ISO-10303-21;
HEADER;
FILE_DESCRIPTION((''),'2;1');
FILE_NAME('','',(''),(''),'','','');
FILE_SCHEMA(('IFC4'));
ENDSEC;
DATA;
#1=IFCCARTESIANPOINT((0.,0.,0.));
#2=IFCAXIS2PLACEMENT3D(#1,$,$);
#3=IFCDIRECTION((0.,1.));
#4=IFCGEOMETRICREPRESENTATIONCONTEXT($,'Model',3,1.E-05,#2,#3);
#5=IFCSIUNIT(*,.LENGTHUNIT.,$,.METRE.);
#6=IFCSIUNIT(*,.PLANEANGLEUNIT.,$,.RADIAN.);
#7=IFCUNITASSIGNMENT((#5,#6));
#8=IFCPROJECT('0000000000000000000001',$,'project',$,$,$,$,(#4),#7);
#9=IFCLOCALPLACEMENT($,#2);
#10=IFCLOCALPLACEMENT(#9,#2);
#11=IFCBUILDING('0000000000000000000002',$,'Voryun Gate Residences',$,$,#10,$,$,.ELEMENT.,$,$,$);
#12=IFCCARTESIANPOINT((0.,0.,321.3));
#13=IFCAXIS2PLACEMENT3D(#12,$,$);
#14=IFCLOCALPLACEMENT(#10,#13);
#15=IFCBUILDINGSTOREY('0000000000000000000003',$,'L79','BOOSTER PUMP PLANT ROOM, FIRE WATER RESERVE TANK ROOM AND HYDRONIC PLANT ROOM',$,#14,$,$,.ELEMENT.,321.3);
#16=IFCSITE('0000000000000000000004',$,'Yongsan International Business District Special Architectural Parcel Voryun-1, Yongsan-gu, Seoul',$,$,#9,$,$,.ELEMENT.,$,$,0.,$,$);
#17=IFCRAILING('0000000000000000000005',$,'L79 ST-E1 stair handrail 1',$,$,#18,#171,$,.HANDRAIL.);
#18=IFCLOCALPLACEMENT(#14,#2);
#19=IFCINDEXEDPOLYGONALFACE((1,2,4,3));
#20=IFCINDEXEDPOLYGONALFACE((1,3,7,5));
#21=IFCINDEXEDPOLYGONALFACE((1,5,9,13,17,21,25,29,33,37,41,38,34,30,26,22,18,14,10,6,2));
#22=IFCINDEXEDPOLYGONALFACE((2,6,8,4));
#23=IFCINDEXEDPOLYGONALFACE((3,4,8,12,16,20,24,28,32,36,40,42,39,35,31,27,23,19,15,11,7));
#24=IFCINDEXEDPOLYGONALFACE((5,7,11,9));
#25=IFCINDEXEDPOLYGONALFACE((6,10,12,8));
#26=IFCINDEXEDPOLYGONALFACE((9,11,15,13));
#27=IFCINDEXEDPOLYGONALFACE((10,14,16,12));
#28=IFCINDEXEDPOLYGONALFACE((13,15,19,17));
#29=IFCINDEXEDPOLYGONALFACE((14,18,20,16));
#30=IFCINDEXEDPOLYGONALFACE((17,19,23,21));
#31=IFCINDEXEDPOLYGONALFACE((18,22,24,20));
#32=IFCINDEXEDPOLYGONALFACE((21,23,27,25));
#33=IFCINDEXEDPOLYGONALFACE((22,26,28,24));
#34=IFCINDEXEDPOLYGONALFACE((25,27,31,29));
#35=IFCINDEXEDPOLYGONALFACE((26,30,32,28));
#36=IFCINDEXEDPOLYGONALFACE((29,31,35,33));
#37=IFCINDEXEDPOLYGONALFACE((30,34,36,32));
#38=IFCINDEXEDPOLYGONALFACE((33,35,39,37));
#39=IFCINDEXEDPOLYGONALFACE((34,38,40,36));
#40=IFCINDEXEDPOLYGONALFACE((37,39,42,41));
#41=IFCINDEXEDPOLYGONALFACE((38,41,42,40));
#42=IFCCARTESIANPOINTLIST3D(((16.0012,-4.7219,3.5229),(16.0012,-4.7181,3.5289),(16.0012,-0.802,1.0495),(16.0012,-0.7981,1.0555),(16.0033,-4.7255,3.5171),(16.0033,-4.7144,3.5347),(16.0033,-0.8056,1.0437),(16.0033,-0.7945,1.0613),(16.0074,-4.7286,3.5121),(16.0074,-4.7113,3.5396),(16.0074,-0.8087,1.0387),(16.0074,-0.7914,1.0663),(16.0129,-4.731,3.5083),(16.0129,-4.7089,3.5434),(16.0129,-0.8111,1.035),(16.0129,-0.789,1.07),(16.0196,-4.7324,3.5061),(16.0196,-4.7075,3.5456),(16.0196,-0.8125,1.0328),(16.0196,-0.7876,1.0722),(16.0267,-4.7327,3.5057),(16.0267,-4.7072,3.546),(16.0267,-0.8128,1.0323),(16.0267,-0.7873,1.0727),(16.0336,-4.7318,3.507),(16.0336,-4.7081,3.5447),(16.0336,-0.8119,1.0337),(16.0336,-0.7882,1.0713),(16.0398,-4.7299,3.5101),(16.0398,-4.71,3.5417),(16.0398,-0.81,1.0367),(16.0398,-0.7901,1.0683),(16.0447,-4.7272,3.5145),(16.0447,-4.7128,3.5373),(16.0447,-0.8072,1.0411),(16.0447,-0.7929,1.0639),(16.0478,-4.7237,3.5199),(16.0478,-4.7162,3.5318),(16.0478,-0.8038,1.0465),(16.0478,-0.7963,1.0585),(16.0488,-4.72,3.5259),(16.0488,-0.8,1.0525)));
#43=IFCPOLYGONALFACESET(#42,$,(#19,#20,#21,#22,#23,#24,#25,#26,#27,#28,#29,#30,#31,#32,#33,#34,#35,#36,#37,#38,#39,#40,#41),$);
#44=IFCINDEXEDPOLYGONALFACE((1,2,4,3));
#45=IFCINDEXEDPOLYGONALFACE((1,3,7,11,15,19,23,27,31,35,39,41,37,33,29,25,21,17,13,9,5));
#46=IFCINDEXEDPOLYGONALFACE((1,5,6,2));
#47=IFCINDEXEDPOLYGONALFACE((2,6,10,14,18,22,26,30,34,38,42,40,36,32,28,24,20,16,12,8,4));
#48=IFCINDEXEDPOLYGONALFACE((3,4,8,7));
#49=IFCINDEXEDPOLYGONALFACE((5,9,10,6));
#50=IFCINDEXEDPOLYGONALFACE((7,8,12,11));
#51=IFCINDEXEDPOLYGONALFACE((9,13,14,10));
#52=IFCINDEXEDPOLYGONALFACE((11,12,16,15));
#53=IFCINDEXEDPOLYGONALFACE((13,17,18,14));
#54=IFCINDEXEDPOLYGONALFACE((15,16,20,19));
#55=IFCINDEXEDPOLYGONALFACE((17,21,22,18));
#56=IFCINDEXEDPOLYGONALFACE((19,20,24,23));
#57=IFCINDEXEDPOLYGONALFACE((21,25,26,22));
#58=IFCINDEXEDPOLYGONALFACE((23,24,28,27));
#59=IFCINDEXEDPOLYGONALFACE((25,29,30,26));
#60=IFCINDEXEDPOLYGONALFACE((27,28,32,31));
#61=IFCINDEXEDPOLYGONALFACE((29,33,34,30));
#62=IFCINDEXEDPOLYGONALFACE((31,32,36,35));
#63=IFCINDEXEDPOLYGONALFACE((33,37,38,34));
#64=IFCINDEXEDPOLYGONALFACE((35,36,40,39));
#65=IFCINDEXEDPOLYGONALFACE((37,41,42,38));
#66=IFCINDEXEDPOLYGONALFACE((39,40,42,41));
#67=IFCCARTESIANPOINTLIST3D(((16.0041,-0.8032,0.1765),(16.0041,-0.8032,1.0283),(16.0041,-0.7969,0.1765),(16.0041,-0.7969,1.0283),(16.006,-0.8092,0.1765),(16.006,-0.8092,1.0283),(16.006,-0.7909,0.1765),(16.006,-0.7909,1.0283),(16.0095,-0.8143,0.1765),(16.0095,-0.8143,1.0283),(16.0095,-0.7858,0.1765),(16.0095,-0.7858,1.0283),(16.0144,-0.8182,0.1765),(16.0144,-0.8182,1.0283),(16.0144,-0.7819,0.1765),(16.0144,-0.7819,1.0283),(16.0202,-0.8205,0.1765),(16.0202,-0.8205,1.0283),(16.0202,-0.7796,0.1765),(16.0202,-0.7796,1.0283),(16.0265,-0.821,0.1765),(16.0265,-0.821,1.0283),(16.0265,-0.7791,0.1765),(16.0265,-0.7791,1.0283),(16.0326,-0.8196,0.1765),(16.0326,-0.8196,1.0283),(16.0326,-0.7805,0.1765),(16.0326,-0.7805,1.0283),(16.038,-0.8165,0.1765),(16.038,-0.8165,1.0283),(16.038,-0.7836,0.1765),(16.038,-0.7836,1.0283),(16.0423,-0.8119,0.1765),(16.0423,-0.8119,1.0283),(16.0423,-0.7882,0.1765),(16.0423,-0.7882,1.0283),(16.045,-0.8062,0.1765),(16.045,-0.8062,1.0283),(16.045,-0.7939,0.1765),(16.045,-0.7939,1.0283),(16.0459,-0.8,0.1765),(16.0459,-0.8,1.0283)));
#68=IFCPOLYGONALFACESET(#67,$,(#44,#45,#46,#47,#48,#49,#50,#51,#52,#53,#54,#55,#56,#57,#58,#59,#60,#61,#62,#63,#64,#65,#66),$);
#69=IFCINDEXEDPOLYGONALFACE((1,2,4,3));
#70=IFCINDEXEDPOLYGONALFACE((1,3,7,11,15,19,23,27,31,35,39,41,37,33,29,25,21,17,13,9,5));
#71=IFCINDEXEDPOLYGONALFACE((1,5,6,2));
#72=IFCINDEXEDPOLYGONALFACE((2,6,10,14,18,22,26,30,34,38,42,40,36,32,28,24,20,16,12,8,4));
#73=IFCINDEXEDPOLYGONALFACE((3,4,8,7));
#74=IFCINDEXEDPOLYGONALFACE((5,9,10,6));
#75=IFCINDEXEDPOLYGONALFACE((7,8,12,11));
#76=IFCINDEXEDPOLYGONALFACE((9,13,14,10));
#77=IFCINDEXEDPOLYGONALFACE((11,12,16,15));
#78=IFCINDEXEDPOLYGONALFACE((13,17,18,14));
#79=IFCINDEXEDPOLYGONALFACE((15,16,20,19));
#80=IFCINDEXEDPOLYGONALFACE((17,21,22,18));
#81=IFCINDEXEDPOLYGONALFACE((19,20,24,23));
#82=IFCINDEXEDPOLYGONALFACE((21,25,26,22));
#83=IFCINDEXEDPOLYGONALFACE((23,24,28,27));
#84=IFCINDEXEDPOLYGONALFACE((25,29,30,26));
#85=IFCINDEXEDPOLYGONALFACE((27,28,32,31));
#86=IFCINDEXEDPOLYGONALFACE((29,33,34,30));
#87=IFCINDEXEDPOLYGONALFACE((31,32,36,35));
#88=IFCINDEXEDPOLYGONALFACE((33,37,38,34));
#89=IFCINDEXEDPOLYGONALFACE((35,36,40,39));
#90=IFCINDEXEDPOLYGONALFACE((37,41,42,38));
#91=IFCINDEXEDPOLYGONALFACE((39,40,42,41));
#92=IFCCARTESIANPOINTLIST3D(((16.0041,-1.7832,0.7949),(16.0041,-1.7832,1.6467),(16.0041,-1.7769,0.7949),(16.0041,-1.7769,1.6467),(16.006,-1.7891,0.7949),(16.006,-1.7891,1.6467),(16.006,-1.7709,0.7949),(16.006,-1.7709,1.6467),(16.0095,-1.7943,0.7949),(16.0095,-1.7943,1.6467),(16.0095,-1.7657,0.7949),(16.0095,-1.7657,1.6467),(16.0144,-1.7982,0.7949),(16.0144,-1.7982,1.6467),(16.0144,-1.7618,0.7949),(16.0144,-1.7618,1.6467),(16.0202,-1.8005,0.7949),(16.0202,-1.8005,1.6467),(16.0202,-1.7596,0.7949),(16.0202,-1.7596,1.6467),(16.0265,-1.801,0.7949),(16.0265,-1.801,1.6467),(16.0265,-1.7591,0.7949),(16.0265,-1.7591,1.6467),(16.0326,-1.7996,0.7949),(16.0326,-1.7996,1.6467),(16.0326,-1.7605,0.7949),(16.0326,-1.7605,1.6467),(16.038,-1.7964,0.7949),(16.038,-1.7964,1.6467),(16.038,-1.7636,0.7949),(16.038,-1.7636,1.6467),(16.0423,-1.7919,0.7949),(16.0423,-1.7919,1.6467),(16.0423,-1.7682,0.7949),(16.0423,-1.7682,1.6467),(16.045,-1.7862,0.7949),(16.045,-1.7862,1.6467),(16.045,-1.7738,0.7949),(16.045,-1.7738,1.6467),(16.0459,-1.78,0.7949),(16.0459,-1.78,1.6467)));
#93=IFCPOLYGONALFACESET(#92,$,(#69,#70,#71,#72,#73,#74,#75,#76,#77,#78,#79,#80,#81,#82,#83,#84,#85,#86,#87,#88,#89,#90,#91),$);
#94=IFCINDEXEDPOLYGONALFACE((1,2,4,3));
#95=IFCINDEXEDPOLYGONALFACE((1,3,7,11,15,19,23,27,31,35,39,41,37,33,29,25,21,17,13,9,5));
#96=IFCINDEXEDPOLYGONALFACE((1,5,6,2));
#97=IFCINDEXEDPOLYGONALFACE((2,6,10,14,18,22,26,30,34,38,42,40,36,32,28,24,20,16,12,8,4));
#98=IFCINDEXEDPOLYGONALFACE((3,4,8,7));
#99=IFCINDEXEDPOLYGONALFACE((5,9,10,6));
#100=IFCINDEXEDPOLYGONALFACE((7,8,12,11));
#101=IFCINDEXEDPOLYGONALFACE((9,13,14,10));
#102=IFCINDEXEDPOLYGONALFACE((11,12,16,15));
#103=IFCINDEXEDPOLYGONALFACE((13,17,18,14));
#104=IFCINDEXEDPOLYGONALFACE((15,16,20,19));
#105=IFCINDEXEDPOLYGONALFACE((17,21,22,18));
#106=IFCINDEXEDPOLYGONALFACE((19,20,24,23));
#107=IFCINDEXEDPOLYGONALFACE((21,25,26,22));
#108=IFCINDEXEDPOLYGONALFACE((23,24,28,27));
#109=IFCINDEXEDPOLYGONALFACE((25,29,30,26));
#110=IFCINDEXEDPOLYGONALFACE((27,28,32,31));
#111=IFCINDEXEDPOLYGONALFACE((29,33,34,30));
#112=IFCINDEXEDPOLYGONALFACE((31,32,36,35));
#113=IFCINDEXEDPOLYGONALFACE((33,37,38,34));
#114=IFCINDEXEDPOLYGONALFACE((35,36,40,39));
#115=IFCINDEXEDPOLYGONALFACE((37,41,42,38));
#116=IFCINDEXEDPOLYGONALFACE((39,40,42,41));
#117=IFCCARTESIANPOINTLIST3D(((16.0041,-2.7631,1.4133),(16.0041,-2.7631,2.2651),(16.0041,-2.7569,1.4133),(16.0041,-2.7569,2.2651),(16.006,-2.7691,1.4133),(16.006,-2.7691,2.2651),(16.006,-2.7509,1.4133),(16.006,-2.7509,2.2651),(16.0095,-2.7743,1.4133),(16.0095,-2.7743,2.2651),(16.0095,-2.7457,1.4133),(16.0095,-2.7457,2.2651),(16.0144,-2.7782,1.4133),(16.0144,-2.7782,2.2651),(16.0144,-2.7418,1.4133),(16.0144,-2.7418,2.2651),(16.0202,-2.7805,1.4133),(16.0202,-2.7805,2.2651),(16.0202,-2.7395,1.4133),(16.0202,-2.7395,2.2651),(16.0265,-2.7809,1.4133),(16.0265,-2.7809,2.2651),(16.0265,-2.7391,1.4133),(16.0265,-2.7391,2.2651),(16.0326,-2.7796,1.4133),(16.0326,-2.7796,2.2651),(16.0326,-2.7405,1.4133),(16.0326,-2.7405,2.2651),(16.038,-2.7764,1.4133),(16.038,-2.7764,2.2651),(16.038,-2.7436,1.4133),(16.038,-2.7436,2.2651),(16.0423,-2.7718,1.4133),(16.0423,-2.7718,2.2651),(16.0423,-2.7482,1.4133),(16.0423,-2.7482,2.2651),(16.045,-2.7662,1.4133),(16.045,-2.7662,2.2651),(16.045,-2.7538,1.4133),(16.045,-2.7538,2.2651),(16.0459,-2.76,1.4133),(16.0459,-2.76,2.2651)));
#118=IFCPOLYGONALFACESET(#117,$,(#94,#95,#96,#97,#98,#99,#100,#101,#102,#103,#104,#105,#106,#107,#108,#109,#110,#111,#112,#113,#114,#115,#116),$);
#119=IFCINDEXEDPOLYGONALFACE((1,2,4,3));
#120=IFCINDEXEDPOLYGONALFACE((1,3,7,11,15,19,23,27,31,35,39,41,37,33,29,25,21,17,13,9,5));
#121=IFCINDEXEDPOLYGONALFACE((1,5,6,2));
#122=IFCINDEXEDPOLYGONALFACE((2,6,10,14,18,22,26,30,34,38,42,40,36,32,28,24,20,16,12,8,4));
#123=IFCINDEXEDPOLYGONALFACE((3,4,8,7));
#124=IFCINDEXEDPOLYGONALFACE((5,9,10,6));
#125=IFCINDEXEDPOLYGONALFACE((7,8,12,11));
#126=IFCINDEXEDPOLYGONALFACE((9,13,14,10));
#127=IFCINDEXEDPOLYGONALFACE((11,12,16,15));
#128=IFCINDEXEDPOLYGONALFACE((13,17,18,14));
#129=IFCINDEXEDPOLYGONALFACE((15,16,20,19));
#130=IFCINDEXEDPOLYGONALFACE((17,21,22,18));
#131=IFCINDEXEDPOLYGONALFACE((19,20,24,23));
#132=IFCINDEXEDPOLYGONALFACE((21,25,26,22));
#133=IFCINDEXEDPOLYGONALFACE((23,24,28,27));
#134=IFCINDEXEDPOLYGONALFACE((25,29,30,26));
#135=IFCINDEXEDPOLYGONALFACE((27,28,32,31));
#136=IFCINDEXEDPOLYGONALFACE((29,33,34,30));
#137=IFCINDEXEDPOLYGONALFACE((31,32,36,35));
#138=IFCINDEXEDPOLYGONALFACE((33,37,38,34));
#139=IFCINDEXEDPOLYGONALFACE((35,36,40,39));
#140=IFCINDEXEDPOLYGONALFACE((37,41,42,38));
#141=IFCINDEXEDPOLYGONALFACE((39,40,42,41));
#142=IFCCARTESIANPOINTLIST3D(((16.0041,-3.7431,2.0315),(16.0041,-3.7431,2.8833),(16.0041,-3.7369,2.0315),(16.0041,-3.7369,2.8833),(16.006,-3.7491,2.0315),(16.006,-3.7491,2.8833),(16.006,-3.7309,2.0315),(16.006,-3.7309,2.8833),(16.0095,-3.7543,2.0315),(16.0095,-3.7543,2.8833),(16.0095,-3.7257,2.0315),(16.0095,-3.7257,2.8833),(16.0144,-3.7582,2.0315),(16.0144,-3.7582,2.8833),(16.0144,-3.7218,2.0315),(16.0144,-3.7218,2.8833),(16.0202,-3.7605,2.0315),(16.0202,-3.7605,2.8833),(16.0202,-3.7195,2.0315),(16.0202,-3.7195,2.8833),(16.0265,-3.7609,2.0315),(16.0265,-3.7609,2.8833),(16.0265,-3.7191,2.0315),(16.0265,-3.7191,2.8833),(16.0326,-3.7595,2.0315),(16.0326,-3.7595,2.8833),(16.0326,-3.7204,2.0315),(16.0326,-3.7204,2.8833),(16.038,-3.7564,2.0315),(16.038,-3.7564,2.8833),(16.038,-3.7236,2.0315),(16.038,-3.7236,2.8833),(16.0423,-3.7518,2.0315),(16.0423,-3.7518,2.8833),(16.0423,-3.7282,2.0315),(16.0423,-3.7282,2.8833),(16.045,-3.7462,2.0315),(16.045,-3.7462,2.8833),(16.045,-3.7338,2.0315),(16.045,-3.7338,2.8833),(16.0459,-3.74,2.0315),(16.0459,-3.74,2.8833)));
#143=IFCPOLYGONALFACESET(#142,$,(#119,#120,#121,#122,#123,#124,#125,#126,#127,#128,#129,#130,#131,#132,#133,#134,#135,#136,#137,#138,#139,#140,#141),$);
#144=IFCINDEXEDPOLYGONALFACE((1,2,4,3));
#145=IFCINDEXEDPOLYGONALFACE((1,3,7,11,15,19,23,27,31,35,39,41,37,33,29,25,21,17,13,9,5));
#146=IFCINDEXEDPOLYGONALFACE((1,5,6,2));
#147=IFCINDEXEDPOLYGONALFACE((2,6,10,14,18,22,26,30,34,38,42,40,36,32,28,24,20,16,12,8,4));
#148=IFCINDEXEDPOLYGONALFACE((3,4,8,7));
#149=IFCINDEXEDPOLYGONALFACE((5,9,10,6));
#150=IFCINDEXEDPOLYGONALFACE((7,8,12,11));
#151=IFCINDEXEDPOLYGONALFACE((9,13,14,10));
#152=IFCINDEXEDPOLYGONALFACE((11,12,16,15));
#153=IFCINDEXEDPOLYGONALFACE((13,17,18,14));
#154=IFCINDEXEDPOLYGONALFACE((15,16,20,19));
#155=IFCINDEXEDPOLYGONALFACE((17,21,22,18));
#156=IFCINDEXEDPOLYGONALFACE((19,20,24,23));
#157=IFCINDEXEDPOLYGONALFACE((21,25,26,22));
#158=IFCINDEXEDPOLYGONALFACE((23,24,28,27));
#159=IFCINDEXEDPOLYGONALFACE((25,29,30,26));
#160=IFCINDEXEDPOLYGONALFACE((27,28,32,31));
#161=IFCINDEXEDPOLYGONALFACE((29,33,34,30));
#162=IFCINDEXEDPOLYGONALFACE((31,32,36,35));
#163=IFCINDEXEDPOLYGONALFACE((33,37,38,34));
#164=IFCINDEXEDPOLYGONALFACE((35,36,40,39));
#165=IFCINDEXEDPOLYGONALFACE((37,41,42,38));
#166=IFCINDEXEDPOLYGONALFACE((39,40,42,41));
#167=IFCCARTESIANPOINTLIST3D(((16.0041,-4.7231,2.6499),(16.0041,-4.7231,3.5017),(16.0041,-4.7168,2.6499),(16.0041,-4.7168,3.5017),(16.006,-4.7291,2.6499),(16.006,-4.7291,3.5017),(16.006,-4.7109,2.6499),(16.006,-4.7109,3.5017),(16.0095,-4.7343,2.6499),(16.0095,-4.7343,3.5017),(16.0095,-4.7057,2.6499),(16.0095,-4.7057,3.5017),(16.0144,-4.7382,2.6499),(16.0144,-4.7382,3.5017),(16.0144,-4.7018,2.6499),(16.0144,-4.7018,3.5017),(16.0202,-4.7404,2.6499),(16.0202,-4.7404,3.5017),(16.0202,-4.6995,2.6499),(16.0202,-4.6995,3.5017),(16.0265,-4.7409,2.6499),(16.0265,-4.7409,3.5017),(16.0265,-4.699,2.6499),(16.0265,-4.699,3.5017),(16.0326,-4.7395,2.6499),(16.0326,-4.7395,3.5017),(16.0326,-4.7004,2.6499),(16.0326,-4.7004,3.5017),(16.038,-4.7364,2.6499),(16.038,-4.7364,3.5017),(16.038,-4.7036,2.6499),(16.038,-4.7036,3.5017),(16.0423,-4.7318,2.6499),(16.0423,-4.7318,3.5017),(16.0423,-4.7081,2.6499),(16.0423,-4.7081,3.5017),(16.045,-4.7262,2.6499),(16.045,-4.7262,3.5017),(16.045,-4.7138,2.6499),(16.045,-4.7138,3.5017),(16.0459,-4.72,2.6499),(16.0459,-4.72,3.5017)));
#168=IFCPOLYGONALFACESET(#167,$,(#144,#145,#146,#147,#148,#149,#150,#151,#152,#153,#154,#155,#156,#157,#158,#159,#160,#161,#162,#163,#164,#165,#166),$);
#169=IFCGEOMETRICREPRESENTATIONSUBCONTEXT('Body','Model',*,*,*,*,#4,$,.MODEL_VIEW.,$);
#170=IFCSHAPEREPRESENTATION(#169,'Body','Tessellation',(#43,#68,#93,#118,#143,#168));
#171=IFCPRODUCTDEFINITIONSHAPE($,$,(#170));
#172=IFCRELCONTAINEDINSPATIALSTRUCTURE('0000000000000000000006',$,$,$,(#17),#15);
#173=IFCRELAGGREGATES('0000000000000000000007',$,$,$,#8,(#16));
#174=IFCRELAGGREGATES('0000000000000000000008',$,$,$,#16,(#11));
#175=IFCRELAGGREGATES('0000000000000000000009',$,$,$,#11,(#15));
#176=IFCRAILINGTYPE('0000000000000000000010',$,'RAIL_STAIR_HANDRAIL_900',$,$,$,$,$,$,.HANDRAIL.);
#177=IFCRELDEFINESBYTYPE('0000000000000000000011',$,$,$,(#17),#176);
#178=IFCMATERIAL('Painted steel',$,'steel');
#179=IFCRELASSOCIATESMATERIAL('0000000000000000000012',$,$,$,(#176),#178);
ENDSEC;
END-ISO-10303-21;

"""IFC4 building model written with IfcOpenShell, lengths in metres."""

from ifc_helpers import new_model, si_unit, direction, frame, origin, origin_2d, place, context, subcontext, project, spatial, circle, extrude, material, type_object, element, save


model = new_model("IFC4")

# Units and contexts
model_context = context("Model", 3, precision=1e-05, world=origin(), true_north=direction((0.0, 1.0)))
body_context = subcontext(model_context, "Body", "Model", "MODEL_VIEW")
ifc_project = project(units=[si_unit("LENGTHUNIT", "METRE"), si_unit("PLANEANGLEUNIT", "RADIAN")], contexts=[model_context])

# Site, building, storey
site_placement = place(None, origin())
site = spatial("IfcSite", under=ifc_project, at=site_placement, Name="Yongsan International Business District Special Architectural Parcel Voryun-1, Yongsan-gu, Seoul", CompositionType="ELEMENT", RefElevation=0.0)
building_placement = place(site_placement, origin())
building = spatial("IfcBuilding", under=site, at=building_placement, Name="Voryun Gate Residences", CompositionType="ELEMENT")
storey_placement = place(building_placement, frame((0.0, 0.0, 321.3)))
storey = spatial("IfcBuildingStorey", under=building, at=storey_placement, Name="L79", Description="BOOSTER PUMP PLANT ROOM, FIRE WATER RESERVE TANK ROOM AND HYDRONIC PLANT ROOM", CompositionType="ELEMENT", Elevation=321.3)

# Railing
ifc_material_1 = material(Name="Painted steel", Category="steel")
railing_type_1 = type_object("IfcRailingType", Name="RAIL_STAIR_HANDRAIL_900", PredefinedType="HANDRAIL", material=ifc_material_1)
railing_1_placement = place(storey_placement, frame((16.0249, -0.8, 0.1765)))
element("IfcRailing", 1, at=railing_1_placement, inside=storey, type_object=railing_type_1, Name="L79 ST-E1 stair handrail 1", PredefinedType="HANDRAIL", context=body_context, shape_type="SweptSolid", body=[
    extrude(circle(Radius=0.0239, at=origin_2d()), frame((0.0, 0.0, 0.876), z_axis=(0.0, -0.845718, 0.53363), x_axis=(1.0, 0.0, 0.0)), (0.0, 0.0, 1.0), 4.635),
    extrude(circle(Radius=0.021, at=origin_2d()), origin(), (0.0, 0.0, 1.0), 0.8518),
    extrude(circle(Radius=0.021, at=origin_2d()), frame((0.0, -0.98, 0.6184)), (0.0, 0.0, 1.0), 0.8518),
    extrude(circle(Radius=0.021, at=origin_2d()), frame((0.0, -1.96, 1.2368)), (0.0, 0.0, 1.0), 0.8518),
    extrude(circle(Radius=0.021, at=origin_2d()), frame((0.0, -2.9399, 1.855)), (0.0, 0.0, 1.0), 0.8518),
    extrude(circle(Radius=0.021, at=origin_2d()), frame((0.0, -3.9199, 2.4734)), (0.0, 0.0, 1.0), 0.8518),
])

save(model, "model.ifc")
